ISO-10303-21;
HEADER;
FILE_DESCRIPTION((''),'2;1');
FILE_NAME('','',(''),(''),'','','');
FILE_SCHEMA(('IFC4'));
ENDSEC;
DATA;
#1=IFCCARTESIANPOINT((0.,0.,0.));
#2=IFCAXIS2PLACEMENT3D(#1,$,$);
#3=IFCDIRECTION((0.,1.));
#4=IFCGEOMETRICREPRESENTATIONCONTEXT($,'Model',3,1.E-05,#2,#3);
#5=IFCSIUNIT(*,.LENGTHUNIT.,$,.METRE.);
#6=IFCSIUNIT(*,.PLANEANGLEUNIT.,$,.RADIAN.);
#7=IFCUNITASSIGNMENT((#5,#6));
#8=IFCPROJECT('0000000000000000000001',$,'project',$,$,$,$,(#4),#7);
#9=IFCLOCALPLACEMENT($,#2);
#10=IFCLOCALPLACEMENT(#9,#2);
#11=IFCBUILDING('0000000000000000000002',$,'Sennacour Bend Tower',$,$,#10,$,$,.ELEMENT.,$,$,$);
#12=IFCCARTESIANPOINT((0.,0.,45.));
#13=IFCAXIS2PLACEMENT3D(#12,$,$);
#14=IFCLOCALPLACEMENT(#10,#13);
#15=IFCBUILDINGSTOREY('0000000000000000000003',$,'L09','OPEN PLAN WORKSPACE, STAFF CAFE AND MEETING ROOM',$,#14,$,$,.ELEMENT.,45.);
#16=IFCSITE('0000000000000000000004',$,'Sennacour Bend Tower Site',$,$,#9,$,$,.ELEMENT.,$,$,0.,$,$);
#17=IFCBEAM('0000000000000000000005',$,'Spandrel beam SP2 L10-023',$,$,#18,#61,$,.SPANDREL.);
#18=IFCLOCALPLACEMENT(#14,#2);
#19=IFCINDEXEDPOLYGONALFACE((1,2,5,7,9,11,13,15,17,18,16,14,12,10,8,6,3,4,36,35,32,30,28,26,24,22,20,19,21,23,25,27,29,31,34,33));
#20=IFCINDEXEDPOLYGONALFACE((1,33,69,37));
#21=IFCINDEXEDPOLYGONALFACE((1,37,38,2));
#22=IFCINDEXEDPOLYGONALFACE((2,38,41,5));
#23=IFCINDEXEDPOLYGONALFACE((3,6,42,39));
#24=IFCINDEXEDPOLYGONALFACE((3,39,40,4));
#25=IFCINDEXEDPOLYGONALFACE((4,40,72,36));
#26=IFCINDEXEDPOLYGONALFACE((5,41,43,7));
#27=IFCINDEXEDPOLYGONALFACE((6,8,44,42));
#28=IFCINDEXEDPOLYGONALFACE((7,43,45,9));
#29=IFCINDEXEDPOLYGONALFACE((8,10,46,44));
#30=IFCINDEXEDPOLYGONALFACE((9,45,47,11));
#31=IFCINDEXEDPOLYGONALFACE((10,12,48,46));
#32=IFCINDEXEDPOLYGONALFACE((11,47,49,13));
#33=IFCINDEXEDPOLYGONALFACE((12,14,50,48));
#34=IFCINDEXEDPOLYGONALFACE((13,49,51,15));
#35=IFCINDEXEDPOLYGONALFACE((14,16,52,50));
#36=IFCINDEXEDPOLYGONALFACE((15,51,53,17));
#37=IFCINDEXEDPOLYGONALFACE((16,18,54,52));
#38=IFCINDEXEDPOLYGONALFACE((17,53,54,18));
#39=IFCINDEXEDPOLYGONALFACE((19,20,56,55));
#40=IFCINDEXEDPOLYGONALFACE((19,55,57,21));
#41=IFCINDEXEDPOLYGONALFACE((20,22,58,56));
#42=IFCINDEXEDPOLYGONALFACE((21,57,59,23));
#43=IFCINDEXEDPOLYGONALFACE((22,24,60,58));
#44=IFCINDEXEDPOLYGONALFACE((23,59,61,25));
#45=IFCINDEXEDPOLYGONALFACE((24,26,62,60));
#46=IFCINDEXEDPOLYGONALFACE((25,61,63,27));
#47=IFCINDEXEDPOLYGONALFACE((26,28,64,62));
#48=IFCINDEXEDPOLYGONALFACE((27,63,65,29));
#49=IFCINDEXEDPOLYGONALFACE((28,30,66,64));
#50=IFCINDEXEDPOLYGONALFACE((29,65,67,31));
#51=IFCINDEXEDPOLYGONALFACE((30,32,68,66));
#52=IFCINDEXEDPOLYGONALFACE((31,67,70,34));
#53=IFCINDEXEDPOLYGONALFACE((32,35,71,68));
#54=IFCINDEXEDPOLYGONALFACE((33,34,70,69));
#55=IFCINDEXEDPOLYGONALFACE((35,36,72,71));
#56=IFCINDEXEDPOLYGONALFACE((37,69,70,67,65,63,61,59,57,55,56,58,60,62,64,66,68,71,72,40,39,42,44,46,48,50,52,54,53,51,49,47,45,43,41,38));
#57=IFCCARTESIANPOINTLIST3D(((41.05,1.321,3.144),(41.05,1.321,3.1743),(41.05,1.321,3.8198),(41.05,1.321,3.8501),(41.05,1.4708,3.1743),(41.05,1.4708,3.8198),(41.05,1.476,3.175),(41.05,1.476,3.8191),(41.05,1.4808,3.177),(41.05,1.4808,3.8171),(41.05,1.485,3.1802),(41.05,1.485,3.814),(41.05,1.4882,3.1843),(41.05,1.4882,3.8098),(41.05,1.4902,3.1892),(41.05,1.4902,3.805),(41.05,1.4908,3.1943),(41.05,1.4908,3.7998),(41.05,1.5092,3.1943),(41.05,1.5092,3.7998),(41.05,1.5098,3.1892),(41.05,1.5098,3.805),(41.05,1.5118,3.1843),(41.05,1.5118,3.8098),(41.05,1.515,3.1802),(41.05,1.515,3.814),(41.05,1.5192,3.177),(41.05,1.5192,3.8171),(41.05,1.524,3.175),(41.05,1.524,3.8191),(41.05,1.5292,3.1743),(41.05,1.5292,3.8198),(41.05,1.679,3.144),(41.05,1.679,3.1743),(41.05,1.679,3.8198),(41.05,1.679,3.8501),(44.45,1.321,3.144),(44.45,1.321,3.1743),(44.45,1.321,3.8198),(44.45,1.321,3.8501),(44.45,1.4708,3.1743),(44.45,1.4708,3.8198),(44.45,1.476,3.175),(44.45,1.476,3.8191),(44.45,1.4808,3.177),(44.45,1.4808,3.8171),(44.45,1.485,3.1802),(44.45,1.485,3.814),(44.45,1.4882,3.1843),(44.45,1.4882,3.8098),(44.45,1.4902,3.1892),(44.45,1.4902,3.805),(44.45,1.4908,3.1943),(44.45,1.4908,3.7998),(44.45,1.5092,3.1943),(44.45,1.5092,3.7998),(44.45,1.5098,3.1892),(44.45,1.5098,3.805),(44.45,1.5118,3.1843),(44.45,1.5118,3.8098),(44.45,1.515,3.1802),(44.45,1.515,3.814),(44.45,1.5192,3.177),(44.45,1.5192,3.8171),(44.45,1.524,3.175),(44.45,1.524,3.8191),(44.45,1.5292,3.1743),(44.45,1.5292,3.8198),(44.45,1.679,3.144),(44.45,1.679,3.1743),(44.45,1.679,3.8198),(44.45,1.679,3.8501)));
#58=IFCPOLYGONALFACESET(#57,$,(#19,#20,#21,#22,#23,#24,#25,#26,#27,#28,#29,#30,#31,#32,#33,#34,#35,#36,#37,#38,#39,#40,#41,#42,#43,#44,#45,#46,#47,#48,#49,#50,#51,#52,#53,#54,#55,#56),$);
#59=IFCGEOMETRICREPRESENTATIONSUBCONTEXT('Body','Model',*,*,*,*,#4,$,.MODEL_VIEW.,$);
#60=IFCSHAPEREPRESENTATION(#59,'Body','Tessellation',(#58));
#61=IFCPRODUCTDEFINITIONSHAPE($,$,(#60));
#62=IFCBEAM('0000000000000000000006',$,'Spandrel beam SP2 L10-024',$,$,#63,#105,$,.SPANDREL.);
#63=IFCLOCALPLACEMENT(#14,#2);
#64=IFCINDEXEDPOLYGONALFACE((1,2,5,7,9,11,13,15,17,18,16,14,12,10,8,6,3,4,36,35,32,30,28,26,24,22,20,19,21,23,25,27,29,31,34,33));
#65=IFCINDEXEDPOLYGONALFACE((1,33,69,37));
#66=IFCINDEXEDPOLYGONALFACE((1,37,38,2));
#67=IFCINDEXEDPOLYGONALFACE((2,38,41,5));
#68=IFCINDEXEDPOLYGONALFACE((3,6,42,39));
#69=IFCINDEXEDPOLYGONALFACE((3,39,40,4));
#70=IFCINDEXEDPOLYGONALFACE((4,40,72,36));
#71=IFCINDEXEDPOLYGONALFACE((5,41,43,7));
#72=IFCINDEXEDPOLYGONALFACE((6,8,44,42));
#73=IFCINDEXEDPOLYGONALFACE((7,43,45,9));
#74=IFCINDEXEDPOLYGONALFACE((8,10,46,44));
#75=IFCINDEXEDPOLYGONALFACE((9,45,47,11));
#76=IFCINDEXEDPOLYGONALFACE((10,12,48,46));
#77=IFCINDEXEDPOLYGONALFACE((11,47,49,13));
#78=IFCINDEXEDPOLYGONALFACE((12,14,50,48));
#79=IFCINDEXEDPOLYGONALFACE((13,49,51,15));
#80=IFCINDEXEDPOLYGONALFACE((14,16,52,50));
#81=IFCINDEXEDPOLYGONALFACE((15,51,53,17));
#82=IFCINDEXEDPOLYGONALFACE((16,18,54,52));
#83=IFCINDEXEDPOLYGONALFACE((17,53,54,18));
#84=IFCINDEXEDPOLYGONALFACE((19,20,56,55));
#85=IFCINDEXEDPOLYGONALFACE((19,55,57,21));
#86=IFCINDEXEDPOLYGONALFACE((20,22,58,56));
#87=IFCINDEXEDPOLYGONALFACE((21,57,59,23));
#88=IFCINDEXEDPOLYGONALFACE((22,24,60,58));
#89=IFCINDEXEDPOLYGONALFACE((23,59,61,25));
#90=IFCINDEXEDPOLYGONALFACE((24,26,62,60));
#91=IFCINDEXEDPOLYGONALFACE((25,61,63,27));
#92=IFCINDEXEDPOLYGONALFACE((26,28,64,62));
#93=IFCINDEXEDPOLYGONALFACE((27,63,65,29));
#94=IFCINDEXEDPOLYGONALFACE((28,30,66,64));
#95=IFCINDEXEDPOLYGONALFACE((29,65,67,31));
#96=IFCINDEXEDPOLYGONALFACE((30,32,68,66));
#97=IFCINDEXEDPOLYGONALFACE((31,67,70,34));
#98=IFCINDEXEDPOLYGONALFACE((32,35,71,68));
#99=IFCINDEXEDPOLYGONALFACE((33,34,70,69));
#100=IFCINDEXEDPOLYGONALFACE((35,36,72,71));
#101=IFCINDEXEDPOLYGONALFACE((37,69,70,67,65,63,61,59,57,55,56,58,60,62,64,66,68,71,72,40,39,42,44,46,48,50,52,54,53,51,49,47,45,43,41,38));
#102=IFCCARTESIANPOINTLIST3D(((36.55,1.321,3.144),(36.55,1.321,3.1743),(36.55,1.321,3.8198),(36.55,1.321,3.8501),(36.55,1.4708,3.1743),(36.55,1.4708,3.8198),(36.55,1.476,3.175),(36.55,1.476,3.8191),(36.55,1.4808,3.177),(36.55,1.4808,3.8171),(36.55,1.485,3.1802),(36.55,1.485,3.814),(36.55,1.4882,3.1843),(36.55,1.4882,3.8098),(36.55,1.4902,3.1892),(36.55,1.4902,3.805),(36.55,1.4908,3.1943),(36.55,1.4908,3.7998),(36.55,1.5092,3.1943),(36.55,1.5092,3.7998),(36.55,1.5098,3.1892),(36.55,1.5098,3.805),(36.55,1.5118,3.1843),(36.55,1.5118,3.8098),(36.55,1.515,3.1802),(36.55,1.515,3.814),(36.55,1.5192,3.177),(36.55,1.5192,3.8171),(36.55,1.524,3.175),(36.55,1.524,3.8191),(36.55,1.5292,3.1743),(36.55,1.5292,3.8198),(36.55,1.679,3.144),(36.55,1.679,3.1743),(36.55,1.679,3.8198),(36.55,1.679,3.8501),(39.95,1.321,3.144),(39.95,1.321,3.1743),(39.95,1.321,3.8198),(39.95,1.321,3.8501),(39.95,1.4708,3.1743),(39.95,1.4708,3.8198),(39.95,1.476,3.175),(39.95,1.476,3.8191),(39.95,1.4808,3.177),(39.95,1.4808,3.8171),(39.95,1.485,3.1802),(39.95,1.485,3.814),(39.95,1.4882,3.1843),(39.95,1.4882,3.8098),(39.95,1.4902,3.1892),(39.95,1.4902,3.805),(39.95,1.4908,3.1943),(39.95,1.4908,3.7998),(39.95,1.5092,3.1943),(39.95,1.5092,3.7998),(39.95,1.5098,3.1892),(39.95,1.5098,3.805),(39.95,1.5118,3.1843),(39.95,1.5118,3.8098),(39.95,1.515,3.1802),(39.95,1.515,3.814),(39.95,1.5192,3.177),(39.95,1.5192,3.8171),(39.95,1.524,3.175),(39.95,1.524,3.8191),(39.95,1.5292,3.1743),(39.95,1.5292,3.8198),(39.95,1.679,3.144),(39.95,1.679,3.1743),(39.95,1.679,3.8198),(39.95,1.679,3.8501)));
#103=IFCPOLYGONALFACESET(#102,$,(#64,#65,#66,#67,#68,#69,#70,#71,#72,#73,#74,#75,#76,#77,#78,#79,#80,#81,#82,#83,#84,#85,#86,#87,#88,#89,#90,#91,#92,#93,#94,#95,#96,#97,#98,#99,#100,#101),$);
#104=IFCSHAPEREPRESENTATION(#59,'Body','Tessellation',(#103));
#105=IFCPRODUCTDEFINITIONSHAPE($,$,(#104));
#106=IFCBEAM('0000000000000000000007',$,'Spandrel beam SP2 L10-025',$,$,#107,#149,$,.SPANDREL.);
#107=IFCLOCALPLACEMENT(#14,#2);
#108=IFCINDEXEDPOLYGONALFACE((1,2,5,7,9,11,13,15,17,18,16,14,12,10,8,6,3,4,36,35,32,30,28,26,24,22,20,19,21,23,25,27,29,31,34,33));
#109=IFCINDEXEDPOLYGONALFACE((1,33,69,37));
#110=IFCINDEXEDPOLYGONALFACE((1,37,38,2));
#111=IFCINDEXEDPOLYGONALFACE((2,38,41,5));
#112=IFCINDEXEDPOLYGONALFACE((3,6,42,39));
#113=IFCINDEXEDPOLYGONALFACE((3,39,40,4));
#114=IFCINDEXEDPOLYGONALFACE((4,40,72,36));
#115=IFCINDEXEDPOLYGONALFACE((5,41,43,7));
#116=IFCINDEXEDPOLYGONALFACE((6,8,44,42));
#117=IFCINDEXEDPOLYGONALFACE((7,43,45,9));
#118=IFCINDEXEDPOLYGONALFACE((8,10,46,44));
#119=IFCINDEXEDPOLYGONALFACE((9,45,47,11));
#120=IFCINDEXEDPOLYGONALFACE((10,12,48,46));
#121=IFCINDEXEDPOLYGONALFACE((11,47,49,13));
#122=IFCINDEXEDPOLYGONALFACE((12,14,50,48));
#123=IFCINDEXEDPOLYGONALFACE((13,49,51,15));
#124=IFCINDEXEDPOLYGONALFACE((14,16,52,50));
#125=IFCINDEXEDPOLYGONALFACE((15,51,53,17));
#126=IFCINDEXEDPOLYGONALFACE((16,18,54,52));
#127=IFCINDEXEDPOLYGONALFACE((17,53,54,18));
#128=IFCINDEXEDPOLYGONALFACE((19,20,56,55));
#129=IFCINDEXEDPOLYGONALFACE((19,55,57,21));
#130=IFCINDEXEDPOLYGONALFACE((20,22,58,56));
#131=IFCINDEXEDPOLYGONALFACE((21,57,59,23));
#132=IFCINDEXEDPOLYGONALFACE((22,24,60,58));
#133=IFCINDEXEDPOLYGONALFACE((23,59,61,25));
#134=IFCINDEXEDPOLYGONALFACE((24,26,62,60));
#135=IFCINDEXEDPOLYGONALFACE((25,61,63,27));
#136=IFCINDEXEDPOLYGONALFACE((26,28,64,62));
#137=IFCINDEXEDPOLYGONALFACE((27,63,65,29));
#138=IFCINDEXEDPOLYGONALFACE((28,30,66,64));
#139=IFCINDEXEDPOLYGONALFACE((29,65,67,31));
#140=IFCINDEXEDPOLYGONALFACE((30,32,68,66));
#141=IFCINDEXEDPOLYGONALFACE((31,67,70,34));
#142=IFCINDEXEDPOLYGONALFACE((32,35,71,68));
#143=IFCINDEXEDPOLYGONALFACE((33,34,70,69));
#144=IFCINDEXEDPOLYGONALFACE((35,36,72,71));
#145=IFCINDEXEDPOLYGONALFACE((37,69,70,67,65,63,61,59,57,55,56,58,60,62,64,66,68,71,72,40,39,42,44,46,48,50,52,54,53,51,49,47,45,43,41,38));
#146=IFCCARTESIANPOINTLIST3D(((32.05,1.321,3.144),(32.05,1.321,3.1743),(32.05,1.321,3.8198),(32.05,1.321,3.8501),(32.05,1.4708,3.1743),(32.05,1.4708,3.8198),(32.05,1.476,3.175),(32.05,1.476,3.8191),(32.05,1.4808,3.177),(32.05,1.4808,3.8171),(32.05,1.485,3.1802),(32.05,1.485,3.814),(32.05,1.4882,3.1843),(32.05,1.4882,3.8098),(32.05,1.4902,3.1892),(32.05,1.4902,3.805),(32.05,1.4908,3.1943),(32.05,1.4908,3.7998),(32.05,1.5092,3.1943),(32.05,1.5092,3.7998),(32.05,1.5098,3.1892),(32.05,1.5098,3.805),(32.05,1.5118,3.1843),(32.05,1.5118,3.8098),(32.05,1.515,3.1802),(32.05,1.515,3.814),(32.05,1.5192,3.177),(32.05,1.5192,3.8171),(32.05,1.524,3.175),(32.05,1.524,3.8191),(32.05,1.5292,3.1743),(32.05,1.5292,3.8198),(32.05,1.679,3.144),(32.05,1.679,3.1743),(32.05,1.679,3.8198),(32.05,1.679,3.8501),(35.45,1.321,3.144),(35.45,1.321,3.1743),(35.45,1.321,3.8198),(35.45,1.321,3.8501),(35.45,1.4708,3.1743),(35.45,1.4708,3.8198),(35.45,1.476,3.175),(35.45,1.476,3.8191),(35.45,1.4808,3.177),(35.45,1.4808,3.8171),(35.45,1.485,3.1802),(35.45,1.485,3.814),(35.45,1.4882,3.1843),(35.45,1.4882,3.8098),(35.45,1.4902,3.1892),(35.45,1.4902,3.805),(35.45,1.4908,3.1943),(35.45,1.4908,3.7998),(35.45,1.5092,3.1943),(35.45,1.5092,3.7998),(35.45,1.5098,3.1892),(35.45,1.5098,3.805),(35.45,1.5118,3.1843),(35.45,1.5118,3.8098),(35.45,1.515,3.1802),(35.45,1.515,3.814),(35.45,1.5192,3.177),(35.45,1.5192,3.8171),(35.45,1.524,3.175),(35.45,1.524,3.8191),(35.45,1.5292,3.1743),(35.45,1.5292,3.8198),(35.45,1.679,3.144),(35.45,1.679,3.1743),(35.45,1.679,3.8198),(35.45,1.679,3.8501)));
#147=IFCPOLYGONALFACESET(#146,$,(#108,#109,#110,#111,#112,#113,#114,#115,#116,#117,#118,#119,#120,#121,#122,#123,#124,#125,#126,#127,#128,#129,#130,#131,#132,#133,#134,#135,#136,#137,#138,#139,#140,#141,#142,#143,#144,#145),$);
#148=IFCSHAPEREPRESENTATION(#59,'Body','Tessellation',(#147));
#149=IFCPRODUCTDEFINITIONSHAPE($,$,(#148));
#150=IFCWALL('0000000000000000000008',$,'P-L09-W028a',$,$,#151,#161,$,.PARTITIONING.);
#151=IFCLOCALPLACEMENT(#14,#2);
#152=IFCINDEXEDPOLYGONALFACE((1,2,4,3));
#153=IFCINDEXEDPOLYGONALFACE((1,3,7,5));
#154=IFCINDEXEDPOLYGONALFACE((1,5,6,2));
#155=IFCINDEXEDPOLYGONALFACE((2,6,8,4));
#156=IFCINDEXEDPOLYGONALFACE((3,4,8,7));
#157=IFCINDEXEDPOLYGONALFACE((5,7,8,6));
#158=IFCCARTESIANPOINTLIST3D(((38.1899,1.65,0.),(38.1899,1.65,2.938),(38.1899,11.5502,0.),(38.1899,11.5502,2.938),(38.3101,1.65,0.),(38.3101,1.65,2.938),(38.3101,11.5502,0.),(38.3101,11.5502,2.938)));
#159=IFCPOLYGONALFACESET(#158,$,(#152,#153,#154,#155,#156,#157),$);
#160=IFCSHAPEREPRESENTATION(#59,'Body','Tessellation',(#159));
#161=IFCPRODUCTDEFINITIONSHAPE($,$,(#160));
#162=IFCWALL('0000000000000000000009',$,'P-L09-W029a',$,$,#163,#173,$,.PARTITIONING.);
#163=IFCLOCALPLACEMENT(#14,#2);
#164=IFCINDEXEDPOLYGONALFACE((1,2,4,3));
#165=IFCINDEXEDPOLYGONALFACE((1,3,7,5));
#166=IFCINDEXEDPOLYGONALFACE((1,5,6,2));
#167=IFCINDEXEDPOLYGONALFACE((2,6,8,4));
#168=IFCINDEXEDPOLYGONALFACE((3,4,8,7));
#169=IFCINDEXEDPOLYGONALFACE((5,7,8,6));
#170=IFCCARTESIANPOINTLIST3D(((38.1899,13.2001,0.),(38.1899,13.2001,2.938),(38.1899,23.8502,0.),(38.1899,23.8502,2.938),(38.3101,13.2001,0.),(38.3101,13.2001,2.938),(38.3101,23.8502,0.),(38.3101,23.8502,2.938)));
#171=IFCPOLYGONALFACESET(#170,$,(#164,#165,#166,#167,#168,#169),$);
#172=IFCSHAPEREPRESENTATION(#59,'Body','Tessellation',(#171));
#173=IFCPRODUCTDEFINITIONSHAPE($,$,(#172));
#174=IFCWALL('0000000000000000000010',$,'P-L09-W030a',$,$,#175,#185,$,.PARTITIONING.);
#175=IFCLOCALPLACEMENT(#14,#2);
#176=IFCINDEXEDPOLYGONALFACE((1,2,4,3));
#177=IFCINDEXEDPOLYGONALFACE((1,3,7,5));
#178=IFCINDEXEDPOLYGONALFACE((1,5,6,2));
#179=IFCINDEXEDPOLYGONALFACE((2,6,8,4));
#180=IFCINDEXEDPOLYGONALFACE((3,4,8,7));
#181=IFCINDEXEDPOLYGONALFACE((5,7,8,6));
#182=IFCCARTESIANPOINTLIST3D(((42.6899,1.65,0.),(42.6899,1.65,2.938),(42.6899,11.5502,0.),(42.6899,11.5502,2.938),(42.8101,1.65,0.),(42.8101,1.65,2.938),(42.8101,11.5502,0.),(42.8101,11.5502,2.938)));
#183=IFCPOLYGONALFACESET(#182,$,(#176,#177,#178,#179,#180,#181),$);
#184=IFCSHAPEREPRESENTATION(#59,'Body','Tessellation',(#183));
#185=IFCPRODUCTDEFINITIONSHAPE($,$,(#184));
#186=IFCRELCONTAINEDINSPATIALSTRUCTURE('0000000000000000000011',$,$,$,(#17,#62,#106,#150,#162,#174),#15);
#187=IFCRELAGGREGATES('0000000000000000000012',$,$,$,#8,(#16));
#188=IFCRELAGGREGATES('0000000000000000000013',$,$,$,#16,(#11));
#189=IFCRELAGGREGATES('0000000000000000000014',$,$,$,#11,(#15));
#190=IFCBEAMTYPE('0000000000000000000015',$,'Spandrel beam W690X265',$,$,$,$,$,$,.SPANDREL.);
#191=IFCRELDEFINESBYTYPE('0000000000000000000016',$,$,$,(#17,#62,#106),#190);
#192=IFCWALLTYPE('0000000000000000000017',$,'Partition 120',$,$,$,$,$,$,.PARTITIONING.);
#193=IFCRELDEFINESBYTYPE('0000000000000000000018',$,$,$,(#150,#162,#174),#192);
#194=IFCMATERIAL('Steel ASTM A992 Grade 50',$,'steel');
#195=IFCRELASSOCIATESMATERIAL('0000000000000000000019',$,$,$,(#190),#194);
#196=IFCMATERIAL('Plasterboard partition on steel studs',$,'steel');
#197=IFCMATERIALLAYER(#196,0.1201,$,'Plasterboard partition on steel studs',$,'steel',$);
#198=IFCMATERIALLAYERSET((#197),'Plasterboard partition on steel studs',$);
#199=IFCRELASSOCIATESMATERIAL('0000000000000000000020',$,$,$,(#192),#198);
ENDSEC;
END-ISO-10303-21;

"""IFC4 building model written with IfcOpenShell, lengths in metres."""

from ifc_helpers import new_model, si_unit, direction, frame, frame_2d, origin, origin_2d, place, context, subcontext, project, spatial, rectangle, i_section, extrude, material, layer, layer_set, material_profile, profile_set, type_object, element, save


model = new_model("IFC4")

# Units and contexts
model_context = context("Model", 3, precision=1e-05, world=origin(), true_north=direction((0.0, 1.0)))
body_context = subcontext(model_context, "Body", "Model", "MODEL_VIEW")
ifc_project = project(units=[si_unit("LENGTHUNIT", "METRE"), si_unit("PLANEANGLEUNIT", "RADIAN")], contexts=[model_context])

# Site, building, storey
site_placement = place(None, origin())
site = spatial("IfcSite", under=ifc_project, at=site_placement, Name="Sennacour Bend Tower Site", CompositionType="ELEMENT", RefElevation=0.0)
building_placement = place(site_placement, origin())
building = spatial("IfcBuilding", under=site, at=building_placement, Name="Sennacour Bend Tower", CompositionType="ELEMENT")
storey_placement = place(building_placement, frame((0.0, 0.0, 45.0)))
storey = spatial("IfcBuildingStorey", under=building, at=storey_placement, Name="L09", Description="OPEN PLAN WORKSPACE, STAFF CAFE AND MEETING ROOM", CompositionType="ELEMENT", Elevation=45.0)

# Beams
ifc_material_1 = material(Name="Steel ASTM A992 Grade 50", Category="steel")
ifc_material_profile_1 = material_profile(ifc_material_1, i_section(OverallWidth=0.3579, OverallDepth=0.7061, WebThickness=0.0183, FlangeThickness=0.0303, FilletRadius=0.02, at=origin_2d()), Name="Steel ASTM A992 Grade 50", Category="steel")
ifc_profile_set_1 = profile_set([ifc_material_profile_1], Name="Steel ASTM A992 Grade 50")
beam_type_1 = type_object("IfcBeamType", Name="Spandrel beam W690X265", PredefinedType="SPANDREL", material=ifc_profile_set_1)
for number, where, z_axis, x_axis, name in (
    (1, (44.45, 1.5, 3.4971), (-1.0, 0.0, 0.0), (0.0, -1.0, 0.0), "Spandrel beam SP2 L10-023"),
    (2, (39.95, 1.5, 3.4971), (-1.0, 0.0, 0.0), (0.0, -1.0, 0.0), "Spandrel beam SP2 L10-024"),
    (3, (35.45, 1.5, 3.4971), (-1.0, 0.0, 0.0), (0.0, -1.0, 0.0), "Spandrel beam SP2 L10-025"),
):
    element("IfcBeam", number, at=place(storey_placement, frame(where, z_axis=z_axis, x_axis=x_axis)), inside=storey, type_object=beam_type_1, Name=name, PredefinedType="SPANDREL", context=body_context, shape_type="SweptSolid", body=[
        extrude(i_section(OverallWidth=0.3579, OverallDepth=0.7061, WebThickness=0.0183, FlangeThickness=0.0303, FilletRadius=0.02, at=origin_2d()), origin(), (0.0, 0.0, 1.0), 3.3999),
    ])

# Walls
ifc_material_2 = material(Name="Plasterboard partition on steel studs", Category="steel")
ifc_layer_1 = layer(ifc_material_2, 0.1201, Name="Plasterboard partition on steel studs", Category="steel")
ifc_layer_set_1 = layer_set([ifc_layer_1], Name="Plasterboard partition on steel studs")
wall_type_1 = type_object("IfcWallType", Name="Partition 120", PredefinedType="PARTITIONING", material=ifc_layer_set_1)
wall_1_placement = place(storey_placement, frame((38.25, 1.6499, 0.0), z_axis=(0.0, 0.0, 1.0), x_axis=(0.0, 1.0, 0.0)))
element("IfcWall", 4, at=wall_1_placement, inside=storey, type_object=wall_type_1, Name="P-L09-W028a", PredefinedType="PARTITIONING", context=body_context, shape_type="SweptSolid", body=[
    extrude(rectangle(XDim=9.9001, YDim=0.1201, at=frame_2d((4.9502, 0.0))), origin(), (0.0, 0.0, 1.0), 2.938),
])
wall_2_placement = place(storey_placement, frame((38.25, 13.2, 0.0), z_axis=(0.0, 0.0, 1.0), x_axis=(0.0, 1.0, 0.0)))
element("IfcWall", 5, at=wall_2_placement, inside=storey, type_object=wall_type_1, Name="P-L09-W029a", PredefinedType="PARTITIONING", context=body_context, shape_type="SweptSolid", body=[
    extrude(rectangle(XDim=10.6501, YDim=0.1201, at=frame_2d((5.3252, 0.0))), origin(), (0.0, 0.0, 1.0), 2.938),
])
wall_3_placement = place(storey_placement, frame((42.75, 1.6499, 0.0), z_axis=(0.0, 0.0, 1.0), x_axis=(0.0, 1.0, 0.0)))
element("IfcWall", 6, at=wall_3_placement, inside=storey, type_object=wall_type_1, Name="P-L09-W030a", PredefinedType="PARTITIONING", context=body_context, shape_type="SweptSolid", body=[
    extrude(rectangle(XDim=9.9001, YDim=0.1201, at=frame_2d((4.9502, 0.0))), origin(), (0.0, 0.0, 1.0), 2.938),
])

save(model, "model.ifc")
